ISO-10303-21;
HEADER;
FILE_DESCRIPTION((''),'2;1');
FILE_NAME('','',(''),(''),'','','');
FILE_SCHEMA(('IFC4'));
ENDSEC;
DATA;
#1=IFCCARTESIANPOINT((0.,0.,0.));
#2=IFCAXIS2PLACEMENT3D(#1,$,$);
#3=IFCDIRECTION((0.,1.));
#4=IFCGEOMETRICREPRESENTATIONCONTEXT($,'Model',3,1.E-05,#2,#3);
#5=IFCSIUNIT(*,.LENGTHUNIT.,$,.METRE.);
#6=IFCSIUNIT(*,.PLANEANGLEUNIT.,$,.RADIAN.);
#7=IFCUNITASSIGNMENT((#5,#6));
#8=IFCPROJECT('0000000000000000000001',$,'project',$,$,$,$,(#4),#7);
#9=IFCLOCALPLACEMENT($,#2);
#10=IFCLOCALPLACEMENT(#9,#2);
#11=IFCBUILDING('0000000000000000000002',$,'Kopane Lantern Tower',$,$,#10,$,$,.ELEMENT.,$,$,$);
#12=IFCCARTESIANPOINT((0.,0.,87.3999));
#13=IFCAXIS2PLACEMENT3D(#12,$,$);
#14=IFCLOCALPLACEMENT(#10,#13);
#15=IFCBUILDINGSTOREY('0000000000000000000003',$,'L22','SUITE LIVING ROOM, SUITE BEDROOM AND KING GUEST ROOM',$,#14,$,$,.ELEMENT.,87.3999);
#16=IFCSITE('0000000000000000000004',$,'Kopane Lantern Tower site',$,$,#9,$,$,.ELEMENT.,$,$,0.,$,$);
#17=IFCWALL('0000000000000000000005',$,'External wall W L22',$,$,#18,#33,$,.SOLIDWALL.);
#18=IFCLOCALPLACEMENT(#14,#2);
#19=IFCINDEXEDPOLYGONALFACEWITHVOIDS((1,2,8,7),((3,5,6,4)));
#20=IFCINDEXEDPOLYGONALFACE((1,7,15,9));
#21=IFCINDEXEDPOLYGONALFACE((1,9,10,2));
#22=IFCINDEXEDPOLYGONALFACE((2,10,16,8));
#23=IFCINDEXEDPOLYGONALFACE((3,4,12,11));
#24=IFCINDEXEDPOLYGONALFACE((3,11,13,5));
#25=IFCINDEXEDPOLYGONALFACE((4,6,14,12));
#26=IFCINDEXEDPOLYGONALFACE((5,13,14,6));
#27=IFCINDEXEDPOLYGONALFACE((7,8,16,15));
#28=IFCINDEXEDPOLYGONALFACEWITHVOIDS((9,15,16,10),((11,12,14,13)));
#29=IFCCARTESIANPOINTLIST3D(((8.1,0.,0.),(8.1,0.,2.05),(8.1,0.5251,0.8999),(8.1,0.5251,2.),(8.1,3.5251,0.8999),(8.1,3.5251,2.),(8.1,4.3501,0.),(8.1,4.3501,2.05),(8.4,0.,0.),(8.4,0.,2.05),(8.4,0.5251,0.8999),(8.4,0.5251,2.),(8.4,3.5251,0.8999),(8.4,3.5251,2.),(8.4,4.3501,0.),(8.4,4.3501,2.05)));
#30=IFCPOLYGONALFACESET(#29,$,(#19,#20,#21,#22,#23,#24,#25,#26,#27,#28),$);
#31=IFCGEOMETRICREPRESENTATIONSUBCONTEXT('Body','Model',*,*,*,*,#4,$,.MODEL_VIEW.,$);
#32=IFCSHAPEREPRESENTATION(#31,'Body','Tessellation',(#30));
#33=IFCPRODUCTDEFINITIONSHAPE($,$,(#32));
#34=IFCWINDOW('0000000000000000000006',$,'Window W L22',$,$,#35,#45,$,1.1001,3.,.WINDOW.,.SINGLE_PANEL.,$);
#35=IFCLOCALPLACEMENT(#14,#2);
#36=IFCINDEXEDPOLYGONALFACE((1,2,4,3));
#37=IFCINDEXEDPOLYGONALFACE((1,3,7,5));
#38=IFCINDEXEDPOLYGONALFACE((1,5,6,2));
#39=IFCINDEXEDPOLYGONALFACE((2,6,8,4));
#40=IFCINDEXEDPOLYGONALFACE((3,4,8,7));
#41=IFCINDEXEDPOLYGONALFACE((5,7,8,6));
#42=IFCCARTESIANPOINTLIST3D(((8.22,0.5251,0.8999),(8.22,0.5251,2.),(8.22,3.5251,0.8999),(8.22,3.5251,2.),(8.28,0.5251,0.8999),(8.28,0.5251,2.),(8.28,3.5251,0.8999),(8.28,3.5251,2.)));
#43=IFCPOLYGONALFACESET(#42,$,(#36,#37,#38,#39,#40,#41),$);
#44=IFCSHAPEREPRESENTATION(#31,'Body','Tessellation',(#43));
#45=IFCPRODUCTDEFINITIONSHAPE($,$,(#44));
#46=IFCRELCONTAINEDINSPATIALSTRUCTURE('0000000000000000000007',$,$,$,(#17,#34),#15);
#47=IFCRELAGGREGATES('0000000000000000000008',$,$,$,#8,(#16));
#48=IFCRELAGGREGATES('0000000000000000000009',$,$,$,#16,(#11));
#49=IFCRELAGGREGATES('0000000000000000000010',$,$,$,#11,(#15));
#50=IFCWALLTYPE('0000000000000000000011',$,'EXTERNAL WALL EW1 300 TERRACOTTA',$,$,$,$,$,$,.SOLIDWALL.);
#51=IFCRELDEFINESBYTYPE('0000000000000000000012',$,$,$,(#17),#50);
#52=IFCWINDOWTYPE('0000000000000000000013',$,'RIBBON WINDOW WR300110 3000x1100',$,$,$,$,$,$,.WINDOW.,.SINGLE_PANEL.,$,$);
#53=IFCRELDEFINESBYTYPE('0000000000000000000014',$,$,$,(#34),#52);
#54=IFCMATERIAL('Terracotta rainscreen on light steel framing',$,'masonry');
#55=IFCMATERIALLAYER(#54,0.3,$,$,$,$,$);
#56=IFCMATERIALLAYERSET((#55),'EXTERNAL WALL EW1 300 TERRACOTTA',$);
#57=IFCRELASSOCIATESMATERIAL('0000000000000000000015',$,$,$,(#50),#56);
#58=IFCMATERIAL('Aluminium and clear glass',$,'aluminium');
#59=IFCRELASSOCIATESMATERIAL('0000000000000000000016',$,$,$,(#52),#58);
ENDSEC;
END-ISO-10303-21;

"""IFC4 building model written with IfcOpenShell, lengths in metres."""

from ifc_helpers import new_model, si_unit, direction, frame, frame_2d, origin, place, context, subcontext, project, spatial, rectangle, extrude, material, layer, layer_set, type_object, element, fill, save


model = new_model("IFC4")

# Units and contexts
model_context = context("Model", 3, precision=1e-05, world=origin(), true_north=direction((0.0, 1.0)))
body_context = subcontext(model_context, "Body", "Model", "MODEL_VIEW")
ifc_project = project(units=[si_unit("LENGTHUNIT", "METRE"), si_unit("PLANEANGLEUNIT", "RADIAN")], contexts=[model_context])

# Site, building, storey
site_placement = place(None, origin())
site = spatial("IfcSite", under=ifc_project, at=site_placement, Name="Kopane Lantern Tower site", CompositionType="ELEMENT", RefElevation=0.0)
building_placement = place(site_placement, origin())
building = spatial("IfcBuilding", under=site, at=building_placement, Name="Kopane Lantern Tower", CompositionType="ELEMENT")
storey_placement = place(building_placement, frame((0.0, 0.0, 87.3999)))
storey = spatial("IfcBuildingStorey", under=building, at=storey_placement, Name="L22", Description="SUITE LIVING ROOM, SUITE BEDROOM AND KING GUEST ROOM", CompositionType="ELEMENT", Elevation=87.3999)

# Shared definitions
ifc_material_1 = material(Name="Terracotta rainscreen on light steel framing", Category="masonry")
ifc_layer_1 = layer(ifc_material_1, 0.3)
ifc_layer_set_1 = layer_set([ifc_layer_1], Name="EXTERNAL WALL EW1 300 TERRACOTTA")
wall_type = type_object("IfcWallType", Name="EXTERNAL WALL EW1 300 TERRACOTTA", PredefinedType="SOLIDWALL", material=ifc_layer_set_1)
ifc_material_2 = material(Name="Aluminium and clear glass", Category="aluminium")
window_type = type_object("IfcWindowType", Name="RIBBON WINDOW WR300110 3000x1100", PartitioningType="SINGLE_PANEL", PredefinedType="WINDOW", material=ifc_material_2)

# Wall, opening, window
wall_1_placement = place(storey_placement, frame((8.25, 4.3501, 0.0), z_axis=(0.0, 0.0, 1.0), x_axis=(0.0, -1.0, 0.0)))
wall_1 = element("IfcWall", 1, at=wall_1_placement, inside=storey, type_object=wall_type, Name="External wall W L22", PredefinedType="SOLIDWALL", context=body_context, shape_type="SweptSolid", body=[
    extrude(rectangle(XDim=4.3501, YDim=0.3, at=frame_2d((2.175, 0.0))), origin(), (0.0, 0.0, 1.0), 2.05),
])
opening_1_placement = place(wall_1_placement, frame((0.825, 0.0, 0.8999)))
opening_1 = element("IfcOpeningElement", 2, at=opening_1_placement, cuts=wall_1, PredefinedType="OPENING", context=body_context, shape_type="SweptSolid", body=[
    extrude(rectangle(XDim=3.0, YDim=1.1001, at=frame_2d((1.5, 0.55))), frame((0.0, 0.1599, 0.0), z_axis=(0.0, -1.0, 0.0), x_axis=(1.0, 0.0, 0.0)), (0.0, 0.0, 1.0), 0.3201),
])
window_1_placement = place(opening_1_placement, origin())
window_1 = element("IfcWindow", 3, at=window_1_placement, inside=storey, type_object=window_type, Name="Window W L22", OverallHeight=1.1001, OverallWidth=3.0, PartitioningType="SINGLE_PANEL", PredefinedType="WINDOW", context=body_context, shape_type="SweptSolid", body=[
    extrude(rectangle(XDim=3.0, YDim=1.1001, at=frame_2d((1.5, 0.55))), frame((0.0, 0.03, 0.0), z_axis=(0.0, -1.0, 0.0), x_axis=(1.0, 0.0, 0.0)), (0.0, 0.0, 1.0), 0.0601),
])
fill(opening_1, window_1)

save(model, "model.ifc")
